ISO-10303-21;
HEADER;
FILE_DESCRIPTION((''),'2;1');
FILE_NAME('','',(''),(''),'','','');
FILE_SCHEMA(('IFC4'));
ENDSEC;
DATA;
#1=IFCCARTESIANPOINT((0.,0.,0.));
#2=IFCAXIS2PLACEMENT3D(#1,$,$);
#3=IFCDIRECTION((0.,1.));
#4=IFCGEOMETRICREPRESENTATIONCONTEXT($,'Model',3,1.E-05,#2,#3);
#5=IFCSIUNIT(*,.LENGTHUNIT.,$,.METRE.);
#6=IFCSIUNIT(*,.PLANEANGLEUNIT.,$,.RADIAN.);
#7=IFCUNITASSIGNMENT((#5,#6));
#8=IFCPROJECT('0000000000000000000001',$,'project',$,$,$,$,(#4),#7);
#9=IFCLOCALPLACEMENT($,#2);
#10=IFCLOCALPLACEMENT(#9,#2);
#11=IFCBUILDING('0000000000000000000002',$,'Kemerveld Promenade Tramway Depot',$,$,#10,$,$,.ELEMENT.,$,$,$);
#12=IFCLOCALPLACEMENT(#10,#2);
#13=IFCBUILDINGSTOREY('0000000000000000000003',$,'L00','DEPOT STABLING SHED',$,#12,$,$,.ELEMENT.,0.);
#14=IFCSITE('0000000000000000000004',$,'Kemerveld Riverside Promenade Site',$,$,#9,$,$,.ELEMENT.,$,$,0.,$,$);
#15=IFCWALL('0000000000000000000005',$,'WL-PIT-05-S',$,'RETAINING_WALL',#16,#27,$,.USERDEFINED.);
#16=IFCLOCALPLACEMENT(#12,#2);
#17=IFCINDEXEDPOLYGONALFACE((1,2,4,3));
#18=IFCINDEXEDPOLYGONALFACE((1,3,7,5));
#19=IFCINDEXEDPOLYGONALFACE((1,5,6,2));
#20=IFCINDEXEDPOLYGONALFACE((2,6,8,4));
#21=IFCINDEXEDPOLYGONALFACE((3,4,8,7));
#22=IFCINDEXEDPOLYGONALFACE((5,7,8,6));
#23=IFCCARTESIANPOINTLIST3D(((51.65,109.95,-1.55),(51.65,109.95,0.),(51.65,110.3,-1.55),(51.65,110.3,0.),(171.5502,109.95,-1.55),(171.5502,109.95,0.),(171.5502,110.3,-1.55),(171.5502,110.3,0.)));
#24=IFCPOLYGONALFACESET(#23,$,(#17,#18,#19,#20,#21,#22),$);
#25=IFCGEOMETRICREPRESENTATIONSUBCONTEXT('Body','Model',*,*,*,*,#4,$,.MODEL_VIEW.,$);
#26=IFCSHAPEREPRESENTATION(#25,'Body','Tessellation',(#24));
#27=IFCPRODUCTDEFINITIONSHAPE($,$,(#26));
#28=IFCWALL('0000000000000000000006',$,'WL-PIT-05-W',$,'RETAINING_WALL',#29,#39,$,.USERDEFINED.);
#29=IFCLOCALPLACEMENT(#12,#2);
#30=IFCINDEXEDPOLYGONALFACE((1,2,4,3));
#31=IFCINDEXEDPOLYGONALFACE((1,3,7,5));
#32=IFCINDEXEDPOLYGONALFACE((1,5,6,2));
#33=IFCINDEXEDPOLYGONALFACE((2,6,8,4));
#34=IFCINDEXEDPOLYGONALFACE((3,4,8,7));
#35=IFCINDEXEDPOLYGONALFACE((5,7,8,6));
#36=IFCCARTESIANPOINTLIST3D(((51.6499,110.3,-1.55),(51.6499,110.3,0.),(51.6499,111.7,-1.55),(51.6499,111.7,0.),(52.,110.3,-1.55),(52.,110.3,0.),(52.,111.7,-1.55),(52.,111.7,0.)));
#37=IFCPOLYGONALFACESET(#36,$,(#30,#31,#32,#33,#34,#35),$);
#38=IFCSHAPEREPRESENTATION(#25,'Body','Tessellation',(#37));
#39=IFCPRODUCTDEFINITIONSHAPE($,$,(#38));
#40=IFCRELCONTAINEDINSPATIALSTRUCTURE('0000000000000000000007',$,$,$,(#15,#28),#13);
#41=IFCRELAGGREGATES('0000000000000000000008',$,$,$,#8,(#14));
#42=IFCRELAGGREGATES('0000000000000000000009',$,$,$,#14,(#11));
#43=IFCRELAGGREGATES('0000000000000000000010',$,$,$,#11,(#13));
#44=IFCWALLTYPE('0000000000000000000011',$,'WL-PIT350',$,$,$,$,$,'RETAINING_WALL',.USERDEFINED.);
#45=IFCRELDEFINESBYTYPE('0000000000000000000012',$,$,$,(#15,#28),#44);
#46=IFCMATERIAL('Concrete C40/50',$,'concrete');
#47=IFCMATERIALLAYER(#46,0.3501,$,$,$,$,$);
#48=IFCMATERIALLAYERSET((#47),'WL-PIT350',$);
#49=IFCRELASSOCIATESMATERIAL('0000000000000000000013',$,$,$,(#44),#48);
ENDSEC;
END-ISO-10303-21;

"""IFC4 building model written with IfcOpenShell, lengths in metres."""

from ifc_helpers import new_model, si_unit, direction, frame, frame_2d, origin, place, context, subcontext, project, spatial, rectangle, extrude, material, layer, layer_set, type_object, element, save


model = new_model("IFC4")

# Units and contexts
model_context = context("Model", 3, precision=1e-05, world=origin(), true_north=direction((0.0, 1.0)))
body_context = subcontext(model_context, "Body", "Model", "MODEL_VIEW")
ifc_project = project(units=[si_unit("LENGTHUNIT", "METRE"), si_unit("PLANEANGLEUNIT", "RADIAN")], contexts=[model_context])

# Site, building, storey
site_placement = place(None, origin())
site = spatial("IfcSite", under=ifc_project, at=site_placement, Name="Kemerveld Riverside Promenade Site", CompositionType="ELEMENT", RefElevation=0.0)
building_placement = place(site_placement, origin())
building = spatial("IfcBuilding", under=site, at=building_placement, Name="Kemerveld Promenade Tramway Depot", CompositionType="ELEMENT")
storey_placement = place(building_placement, origin())
storey = spatial("IfcBuildingStorey", under=building, at=storey_placement, Name="L00", Description="DEPOT STABLING SHED", CompositionType="ELEMENT", Elevation=0.0)

# Walls
ifc_material_1 = material(Name="Concrete C40/50", Category="concrete")
ifc_layer_1 = layer(ifc_material_1, 0.3501)
ifc_layer_set_1 = layer_set([ifc_layer_1], Name="WL-PIT350")
wall_type_1 = type_object("IfcWallType", Name="WL-PIT350", ElementType="RETAINING_WALL", PredefinedType="USERDEFINED", material=ifc_layer_set_1)
wall_1_placement = place(storey_placement, frame((51.6499, 110.125, -1.55), z_axis=(0.0, 0.0, 1.0), x_axis=(1.0, 0.0, 0.0)))
element("IfcWall", 1, at=wall_1_placement, inside=storey, type_object=wall_type_1, Name="WL-PIT-05-S", ObjectType="RETAINING_WALL", PredefinedType="USERDEFINED", context=body_context, shape_type="SweptSolid", body=[
    extrude(rectangle(XDim=119.9001, YDim=0.3501, at=frame_2d((59.9502, 0.0))), origin(), (0.0, 0.0, 1.0), 1.55),
])
wall_2_placement = place(storey_placement, frame((51.825, 110.3, -1.55), z_axis=(0.0, 0.0, 1.0), x_axis=(0.0, 1.0, 0.0)))
element("IfcWall", 2, at=wall_2_placement, inside=storey, type_object=wall_type_1, Name="WL-PIT-05-W", ObjectType="RETAINING_WALL", PredefinedType="USERDEFINED", context=body_context, shape_type="SweptSolid", body=[
    extrude(rectangle(XDim=1.3999, YDim=0.3501, at=frame_2d((0.7, 0.0))), origin(), (0.0, 0.0, 1.0), 1.55),
])

save(model, "model.ifc")
